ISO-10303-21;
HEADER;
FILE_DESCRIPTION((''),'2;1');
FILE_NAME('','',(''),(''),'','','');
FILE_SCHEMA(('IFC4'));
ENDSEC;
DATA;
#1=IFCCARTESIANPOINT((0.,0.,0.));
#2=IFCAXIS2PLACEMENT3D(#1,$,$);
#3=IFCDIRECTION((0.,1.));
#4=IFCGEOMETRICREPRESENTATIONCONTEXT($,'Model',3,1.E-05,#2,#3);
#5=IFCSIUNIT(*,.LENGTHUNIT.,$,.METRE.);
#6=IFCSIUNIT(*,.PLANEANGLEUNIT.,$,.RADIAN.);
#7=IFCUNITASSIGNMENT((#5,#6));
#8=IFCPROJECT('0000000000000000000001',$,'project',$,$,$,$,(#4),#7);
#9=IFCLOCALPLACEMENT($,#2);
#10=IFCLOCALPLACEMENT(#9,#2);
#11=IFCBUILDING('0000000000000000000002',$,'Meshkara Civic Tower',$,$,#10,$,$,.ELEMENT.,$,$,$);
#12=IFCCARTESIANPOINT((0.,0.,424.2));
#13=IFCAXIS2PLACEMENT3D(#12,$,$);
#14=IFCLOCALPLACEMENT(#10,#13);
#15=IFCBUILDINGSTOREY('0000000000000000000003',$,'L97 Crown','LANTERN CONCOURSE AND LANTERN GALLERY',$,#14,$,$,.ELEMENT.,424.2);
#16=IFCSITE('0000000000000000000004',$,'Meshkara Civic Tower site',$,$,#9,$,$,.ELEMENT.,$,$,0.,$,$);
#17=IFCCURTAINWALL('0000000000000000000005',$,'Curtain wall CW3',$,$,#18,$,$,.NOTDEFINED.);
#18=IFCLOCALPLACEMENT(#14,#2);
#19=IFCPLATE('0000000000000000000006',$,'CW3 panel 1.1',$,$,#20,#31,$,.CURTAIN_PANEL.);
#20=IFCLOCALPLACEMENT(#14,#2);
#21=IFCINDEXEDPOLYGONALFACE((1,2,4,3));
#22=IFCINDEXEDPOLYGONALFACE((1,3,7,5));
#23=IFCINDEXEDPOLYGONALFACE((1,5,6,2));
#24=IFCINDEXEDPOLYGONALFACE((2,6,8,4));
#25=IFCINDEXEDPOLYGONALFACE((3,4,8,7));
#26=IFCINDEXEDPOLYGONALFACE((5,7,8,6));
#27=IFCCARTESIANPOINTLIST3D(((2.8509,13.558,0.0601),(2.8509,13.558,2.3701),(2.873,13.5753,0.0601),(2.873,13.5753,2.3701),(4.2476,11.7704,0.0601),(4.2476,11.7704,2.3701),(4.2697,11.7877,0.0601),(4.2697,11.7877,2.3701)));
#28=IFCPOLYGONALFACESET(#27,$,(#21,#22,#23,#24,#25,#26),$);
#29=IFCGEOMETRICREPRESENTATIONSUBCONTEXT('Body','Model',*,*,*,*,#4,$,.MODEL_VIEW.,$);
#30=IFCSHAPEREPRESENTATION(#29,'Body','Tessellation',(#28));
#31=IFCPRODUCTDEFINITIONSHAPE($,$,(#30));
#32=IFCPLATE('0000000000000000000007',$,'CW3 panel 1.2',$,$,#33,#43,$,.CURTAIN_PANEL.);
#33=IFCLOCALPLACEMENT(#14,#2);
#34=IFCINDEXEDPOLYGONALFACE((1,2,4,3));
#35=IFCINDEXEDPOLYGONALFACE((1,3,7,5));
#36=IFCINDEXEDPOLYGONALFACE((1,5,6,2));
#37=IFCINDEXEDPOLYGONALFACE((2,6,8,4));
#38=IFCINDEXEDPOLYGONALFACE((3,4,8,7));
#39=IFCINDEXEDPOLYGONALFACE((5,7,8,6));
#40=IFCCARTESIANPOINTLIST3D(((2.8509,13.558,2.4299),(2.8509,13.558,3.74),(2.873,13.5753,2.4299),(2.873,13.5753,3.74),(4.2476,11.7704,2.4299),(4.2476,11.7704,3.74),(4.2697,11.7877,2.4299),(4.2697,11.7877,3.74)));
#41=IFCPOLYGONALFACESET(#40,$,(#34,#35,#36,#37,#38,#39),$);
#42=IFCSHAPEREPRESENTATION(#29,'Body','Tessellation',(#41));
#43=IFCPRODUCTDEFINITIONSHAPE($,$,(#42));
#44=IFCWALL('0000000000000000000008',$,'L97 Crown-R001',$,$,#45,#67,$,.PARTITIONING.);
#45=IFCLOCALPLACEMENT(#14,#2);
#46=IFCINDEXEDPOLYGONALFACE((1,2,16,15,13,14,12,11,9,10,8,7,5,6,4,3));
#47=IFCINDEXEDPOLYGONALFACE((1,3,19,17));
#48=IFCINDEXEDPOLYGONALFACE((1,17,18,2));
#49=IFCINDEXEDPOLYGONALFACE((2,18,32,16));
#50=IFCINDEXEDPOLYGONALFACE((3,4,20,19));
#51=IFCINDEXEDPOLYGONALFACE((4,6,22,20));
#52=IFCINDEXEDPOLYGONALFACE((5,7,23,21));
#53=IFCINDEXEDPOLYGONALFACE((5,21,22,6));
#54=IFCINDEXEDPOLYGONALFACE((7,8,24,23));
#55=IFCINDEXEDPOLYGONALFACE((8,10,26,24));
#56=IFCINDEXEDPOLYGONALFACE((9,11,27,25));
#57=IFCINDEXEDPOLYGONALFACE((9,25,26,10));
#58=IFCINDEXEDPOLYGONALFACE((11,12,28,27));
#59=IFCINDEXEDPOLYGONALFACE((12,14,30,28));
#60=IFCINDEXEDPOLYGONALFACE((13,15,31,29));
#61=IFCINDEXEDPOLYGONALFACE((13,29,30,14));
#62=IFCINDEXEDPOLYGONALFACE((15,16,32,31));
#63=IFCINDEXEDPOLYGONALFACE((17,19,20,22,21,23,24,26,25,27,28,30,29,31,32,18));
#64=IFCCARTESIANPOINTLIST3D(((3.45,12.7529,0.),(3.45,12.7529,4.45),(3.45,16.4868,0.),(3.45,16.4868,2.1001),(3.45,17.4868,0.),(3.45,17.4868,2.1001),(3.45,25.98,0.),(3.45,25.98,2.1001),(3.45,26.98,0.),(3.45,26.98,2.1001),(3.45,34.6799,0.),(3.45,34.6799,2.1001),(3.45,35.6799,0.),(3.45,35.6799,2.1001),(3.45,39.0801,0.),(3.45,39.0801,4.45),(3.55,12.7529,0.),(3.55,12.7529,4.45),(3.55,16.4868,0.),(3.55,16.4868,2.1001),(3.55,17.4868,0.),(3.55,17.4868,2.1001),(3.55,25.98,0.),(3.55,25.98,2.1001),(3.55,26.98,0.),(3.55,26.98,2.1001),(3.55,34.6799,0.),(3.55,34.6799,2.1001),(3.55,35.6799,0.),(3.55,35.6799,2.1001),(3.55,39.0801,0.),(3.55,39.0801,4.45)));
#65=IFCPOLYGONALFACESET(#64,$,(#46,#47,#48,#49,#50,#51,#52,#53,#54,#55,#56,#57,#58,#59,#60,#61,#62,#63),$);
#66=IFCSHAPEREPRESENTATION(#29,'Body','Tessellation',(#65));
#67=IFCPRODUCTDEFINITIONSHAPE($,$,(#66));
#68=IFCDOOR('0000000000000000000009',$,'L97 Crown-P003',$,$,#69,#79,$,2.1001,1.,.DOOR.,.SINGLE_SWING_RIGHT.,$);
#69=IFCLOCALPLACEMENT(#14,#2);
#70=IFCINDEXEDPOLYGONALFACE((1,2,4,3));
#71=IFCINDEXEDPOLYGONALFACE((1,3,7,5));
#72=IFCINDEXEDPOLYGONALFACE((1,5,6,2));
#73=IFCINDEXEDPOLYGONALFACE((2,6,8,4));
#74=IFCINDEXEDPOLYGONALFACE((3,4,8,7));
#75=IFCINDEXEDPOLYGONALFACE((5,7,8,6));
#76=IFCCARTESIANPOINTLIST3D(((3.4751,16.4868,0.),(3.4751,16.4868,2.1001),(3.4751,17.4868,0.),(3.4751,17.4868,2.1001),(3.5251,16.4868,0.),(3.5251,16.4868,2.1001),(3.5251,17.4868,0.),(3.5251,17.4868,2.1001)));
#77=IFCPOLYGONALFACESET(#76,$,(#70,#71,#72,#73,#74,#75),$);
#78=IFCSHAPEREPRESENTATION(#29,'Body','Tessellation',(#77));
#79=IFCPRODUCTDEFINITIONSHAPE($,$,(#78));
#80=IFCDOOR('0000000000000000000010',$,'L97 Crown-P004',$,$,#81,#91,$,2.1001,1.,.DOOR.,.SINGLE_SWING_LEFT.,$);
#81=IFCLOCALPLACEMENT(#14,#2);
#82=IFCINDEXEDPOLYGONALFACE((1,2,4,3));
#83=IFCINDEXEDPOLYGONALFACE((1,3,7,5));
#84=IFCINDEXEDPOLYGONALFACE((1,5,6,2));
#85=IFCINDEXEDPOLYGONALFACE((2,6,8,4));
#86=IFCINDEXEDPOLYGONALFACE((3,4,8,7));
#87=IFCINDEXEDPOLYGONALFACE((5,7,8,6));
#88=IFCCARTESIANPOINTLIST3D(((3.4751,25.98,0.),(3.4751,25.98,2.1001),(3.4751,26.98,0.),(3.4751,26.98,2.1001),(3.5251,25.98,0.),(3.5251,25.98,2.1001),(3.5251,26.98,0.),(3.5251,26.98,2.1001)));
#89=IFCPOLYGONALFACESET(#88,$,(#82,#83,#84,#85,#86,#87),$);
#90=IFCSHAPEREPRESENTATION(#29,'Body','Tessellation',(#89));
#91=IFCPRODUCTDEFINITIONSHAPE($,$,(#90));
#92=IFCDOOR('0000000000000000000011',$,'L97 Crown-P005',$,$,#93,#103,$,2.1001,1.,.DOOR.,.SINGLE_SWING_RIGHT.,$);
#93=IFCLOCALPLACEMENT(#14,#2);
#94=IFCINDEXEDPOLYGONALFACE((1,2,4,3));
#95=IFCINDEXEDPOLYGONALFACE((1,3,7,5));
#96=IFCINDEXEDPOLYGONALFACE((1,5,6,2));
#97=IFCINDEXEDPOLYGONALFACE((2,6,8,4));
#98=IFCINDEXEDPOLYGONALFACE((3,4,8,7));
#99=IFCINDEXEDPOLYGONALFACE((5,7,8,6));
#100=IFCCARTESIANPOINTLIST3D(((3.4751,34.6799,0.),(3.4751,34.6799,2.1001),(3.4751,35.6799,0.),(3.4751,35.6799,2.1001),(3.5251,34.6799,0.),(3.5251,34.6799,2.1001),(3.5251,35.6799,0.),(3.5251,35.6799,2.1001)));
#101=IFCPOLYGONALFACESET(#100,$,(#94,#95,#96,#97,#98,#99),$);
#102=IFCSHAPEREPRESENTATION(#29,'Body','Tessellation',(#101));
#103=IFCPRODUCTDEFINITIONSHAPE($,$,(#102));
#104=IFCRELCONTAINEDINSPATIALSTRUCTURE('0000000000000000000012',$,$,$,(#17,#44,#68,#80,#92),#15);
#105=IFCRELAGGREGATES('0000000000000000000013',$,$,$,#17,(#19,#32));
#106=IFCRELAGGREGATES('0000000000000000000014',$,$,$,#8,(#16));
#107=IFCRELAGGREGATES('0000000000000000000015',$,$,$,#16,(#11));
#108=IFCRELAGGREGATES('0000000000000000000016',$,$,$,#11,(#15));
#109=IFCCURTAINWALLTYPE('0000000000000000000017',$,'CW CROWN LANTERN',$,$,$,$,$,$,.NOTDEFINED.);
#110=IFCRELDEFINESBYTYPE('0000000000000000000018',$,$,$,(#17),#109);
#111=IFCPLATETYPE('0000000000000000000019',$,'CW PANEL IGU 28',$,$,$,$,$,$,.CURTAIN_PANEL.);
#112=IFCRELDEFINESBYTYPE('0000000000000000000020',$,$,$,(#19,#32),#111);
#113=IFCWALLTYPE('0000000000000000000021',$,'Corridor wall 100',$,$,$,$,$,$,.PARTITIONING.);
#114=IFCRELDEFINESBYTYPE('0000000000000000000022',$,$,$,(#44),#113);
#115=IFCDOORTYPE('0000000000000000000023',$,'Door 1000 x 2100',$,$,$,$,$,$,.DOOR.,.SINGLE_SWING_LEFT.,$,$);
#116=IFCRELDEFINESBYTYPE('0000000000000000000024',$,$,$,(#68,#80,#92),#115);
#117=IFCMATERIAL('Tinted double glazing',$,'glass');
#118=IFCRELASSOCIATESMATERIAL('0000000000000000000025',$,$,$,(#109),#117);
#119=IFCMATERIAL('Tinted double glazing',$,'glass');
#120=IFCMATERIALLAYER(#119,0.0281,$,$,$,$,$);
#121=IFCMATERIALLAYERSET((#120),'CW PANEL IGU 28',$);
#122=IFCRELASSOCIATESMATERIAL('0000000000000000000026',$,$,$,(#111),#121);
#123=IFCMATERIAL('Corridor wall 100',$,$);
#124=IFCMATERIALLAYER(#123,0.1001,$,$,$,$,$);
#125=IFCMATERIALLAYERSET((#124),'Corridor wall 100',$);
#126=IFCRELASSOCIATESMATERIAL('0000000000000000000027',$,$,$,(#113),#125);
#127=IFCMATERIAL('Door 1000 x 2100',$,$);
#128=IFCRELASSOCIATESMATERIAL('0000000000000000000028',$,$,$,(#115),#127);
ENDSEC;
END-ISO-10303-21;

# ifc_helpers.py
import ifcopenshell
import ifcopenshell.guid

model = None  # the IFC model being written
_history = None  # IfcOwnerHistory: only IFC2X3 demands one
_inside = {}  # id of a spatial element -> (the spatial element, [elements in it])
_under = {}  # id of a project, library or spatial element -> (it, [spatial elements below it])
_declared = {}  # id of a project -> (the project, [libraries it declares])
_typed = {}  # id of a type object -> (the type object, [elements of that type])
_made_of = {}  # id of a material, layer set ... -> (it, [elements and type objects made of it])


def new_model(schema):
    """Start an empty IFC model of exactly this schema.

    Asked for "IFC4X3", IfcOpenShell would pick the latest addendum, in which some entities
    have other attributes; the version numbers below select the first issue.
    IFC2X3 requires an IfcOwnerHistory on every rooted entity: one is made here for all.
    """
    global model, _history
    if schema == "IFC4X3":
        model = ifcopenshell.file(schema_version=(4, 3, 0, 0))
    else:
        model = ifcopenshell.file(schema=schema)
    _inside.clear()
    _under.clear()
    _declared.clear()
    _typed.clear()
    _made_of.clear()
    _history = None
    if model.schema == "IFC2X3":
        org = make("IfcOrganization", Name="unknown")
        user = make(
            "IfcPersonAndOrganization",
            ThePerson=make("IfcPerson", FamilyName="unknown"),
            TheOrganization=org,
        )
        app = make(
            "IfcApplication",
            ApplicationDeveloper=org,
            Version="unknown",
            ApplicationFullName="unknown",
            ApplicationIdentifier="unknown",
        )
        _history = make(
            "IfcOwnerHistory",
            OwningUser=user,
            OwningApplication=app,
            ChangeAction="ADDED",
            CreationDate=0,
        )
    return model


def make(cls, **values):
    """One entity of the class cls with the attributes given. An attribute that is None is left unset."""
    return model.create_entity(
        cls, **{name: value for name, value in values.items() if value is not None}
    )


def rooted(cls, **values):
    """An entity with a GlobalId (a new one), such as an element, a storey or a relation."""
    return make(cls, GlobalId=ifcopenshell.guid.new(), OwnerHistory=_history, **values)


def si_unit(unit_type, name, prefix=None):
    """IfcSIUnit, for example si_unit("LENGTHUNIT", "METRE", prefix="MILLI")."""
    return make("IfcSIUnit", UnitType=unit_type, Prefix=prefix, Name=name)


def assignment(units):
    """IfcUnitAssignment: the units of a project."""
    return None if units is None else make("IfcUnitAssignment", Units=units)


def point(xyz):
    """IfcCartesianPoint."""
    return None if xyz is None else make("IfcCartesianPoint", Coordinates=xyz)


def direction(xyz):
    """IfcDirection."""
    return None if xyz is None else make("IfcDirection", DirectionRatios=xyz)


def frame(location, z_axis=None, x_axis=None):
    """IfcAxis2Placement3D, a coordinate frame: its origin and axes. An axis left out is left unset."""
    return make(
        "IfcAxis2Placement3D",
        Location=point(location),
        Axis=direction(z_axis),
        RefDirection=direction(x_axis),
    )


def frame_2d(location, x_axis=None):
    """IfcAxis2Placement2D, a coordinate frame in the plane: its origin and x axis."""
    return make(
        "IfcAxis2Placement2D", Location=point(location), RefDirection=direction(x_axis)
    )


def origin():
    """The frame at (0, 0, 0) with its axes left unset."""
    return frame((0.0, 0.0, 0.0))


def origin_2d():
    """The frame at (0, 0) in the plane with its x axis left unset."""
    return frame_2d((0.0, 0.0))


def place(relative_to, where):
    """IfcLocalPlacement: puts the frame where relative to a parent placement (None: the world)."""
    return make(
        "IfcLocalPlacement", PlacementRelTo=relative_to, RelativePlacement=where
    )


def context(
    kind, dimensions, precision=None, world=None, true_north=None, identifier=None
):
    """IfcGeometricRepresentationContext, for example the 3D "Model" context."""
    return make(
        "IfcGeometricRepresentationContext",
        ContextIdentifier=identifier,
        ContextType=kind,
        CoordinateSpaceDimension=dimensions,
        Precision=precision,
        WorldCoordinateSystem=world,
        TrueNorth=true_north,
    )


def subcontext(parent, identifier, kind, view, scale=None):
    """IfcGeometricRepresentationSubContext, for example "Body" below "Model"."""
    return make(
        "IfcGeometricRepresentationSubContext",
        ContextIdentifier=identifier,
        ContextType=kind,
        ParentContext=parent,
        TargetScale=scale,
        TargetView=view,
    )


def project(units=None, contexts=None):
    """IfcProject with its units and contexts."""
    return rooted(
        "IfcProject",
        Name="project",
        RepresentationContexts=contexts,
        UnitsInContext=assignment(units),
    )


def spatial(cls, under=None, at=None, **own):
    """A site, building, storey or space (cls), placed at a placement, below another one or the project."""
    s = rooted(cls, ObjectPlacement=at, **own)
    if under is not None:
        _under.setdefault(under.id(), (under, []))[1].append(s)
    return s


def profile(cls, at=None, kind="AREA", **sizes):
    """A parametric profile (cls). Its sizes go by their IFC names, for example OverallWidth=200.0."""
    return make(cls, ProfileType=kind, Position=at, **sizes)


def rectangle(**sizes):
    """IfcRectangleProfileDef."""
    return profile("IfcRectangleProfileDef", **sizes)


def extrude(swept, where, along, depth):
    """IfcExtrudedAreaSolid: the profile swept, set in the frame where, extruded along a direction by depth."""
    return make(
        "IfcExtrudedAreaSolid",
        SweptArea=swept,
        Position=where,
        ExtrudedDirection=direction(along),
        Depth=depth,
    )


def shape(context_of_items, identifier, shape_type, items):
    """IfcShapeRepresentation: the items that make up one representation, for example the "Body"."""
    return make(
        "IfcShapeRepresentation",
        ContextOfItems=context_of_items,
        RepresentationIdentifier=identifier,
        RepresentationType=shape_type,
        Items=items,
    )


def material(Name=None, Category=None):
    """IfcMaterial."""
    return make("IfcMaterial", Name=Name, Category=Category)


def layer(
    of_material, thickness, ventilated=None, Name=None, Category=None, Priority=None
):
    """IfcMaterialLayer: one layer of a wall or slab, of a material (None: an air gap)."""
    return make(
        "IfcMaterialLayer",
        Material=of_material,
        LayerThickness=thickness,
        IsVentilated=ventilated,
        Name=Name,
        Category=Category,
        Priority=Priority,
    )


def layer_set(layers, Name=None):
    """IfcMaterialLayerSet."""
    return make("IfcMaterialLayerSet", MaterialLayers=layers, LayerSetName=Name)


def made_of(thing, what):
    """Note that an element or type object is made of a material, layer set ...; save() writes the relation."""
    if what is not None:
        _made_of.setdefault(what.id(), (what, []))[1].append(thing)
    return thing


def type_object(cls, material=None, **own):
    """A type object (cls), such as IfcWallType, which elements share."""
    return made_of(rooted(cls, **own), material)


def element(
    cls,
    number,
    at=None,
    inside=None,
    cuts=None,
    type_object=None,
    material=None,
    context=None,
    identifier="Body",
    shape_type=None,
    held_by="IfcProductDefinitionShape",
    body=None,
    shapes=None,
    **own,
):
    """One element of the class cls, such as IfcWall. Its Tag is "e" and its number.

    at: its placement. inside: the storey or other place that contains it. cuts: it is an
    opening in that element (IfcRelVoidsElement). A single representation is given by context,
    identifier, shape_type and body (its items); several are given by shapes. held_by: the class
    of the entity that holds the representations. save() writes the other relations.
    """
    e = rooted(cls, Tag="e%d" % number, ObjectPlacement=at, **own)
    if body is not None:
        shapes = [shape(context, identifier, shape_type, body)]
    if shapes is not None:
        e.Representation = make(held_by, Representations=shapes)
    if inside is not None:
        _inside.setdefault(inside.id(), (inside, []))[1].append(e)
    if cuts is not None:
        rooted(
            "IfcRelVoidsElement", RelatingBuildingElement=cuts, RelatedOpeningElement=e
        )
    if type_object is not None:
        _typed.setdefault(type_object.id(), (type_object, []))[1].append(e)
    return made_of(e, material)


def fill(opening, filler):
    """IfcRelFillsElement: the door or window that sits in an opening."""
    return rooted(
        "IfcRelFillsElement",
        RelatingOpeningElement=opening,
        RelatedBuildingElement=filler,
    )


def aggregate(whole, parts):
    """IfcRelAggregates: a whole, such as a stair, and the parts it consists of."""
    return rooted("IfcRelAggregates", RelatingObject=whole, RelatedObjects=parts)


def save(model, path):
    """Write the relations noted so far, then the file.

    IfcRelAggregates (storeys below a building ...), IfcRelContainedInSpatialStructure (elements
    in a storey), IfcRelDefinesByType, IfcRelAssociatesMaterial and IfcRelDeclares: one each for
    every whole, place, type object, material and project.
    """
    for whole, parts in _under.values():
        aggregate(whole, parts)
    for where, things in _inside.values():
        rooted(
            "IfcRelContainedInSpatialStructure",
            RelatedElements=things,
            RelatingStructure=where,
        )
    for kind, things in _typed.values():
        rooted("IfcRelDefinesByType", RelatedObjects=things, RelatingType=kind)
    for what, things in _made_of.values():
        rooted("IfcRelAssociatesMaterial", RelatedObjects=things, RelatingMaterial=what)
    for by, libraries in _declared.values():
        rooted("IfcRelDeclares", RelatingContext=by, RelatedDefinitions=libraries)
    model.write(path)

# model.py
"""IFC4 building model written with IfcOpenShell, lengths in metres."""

from ifc_helpers import new_model, si_unit, direction, frame, frame_2d, origin, origin_2d, place, context, subcontext, project, spatial, rectangle, extrude, material, layer, layer_set, type_object, element, fill, aggregate, save


model = new_model("IFC4")

# Units and contexts
model_context = context("Model", 3, precision=1e-05, world=origin(), true_north=direction((0.0, 1.0)))
body_context = subcontext(model_context, "Body", "Model", "MODEL_VIEW")
ifc_project = project(units=[si_unit("LENGTHUNIT", "METRE"), si_unit("PLANEANGLEUNIT", "RADIAN")], contexts=[model_context])

# Site, building, storey
site_placement = place(None, origin())
site = spatial("IfcSite", under=ifc_project, at=site_placement, Name="Meshkara Civic Tower site", CompositionType="ELEMENT", RefElevation=0.0)
building_placement = place(site_placement, origin())
building = spatial("IfcBuilding", under=site, at=building_placement, Name="Meshkara Civic Tower", CompositionType="ELEMENT")
storey_placement = place(building_placement, frame((0.0, 0.0, 424.2)))
storey = spatial("IfcBuildingStorey", under=building, at=storey_placement, Name="L97 Crown", Description="LANTERN CONCOURSE AND LANTERN GALLERY", CompositionType="ELEMENT", Elevation=424.2)

# Shared definitions
ifc_material_1 = material(Name="Tinted double glazing", Category="glass")
curtain_wall_type = type_object("IfcCurtainWallType", Name="CW CROWN LANTERN", PredefinedType="NOTDEFINED", material=ifc_material_1)

# Curtain wall
curtain_wall_1_placement = place(storey_placement, origin())
curtain_wall_1 = element("IfcCurtainWall", 1, at=curtain_wall_1_placement, inside=storey, type_object=curtain_wall_type, Name="Curtain wall CW3", PredefinedType="NOTDEFINED")

# Plates
ifc_material_2 = material(Name="Tinted double glazing", Category="glass")
ifc_layer_1 = layer(ifc_material_2, 0.0281)
ifc_layer_set_1 = layer_set([ifc_layer_1], Name="CW PANEL IGU 28")
plate_type = type_object("IfcPlateType", Name="CW PANEL IGU 28", PredefinedType="CURTAIN_PANEL", material=ifc_layer_set_1)
plate_1_placement = place(storey_placement, frame((3.5603, 12.6729, 0.0601), z_axis=(0.0, 0.0, 1.0), x_axis=(0.615656, -0.788015, 0.0)))
plate_1 = element("IfcPlate", 2, at=plate_1_placement, type_object=plate_type, Name="CW3 panel 1.1", PredefinedType="CURTAIN_PANEL", context=body_context, shape_type="SweptSolid", body=[
    extrude(rectangle(XDim=2.2686, YDim=0.0281, at=origin_2d()), origin(), (0.0, 0.0, 1.0), 2.3101),
])
plate_2_placement = place(storey_placement, frame((3.5603, 12.6729, 2.4299), z_axis=(0.0, 0.0, 1.0), x_axis=(0.615656, -0.788015, 0.0)))
plate_2 = element("IfcPlate", 3, at=plate_2_placement, type_object=plate_type, Name="CW3 panel 1.2", PredefinedType="CURTAIN_PANEL", context=body_context, shape_type="SweptSolid", body=[
    extrude(rectangle(XDim=2.2686, YDim=0.0281, at=origin_2d()), origin(), (0.0, 0.0, 1.0), 1.3101),
])
aggregate(curtain_wall_1, [plate_1, plate_2])

# Wall, openings, doors
ifc_material_3 = material(Name="Corridor wall 100")
ifc_layer_2 = layer(ifc_material_3, 0.1001)
ifc_layer_set_2 = layer_set([ifc_layer_2], Name="Corridor wall 100")
wall_type = type_object("IfcWallType", Name="Corridor wall 100", PredefinedType="PARTITIONING", material=ifc_layer_set_2)
wall_placement = place(storey_placement, frame((3.5, 12.7529, 0.0), z_axis=(0.0, 0.0, 1.0), x_axis=(0.0, 1.0, 0.0)))
wall = element("IfcWall", 4, at=wall_placement, inside=storey, type_object=wall_type, Name="L97 Crown-R001", PredefinedType="PARTITIONING", context=body_context, shape_type="SweptSolid", body=[
    extrude(rectangle(XDim=26.3271, YDim=0.1001, at=frame_2d((13.1636, 0.0))), origin(), (0.0, 0.0, 1.0), 4.45),
])
opening_1_placement = place(wall_placement, frame((3.7339, 0.0, 0.0)))
opening_1 = element("IfcOpeningElement", 5, at=opening_1_placement, cuts=wall, PredefinedType="OPENING", context=body_context, shape_type="SweptSolid", body=[
    extrude(rectangle(XDim=1.0, YDim=2.1001, at=frame_2d((0.5, 1.05))), frame((0.0, 0.0601, 0.0), z_axis=(0.0, -1.0, 0.0), x_axis=(1.0, 0.0, 0.0)), (0.0, 0.0, 1.0), 0.1201),
])
opening_2_placement = place(wall_placement, frame((13.2271, 0.0, 0.0)))
opening_2 = element("IfcOpeningElement", 6, at=opening_2_placement, cuts=wall, PredefinedType="OPENING", context=body_context, shape_type="SweptSolid", body=[
    extrude(rectangle(XDim=1.0, YDim=2.1001, at=frame_2d((0.5, 1.05))), frame((0.0, 0.0601, 0.0), z_axis=(0.0, -1.0, 0.0), x_axis=(1.0, 0.0, 0.0)), (0.0, 0.0, 1.0), 0.1201),
])
opening_3_placement = place(wall_placement, frame((21.927, 0.0, 0.0)))
opening_3 = element("IfcOpeningElement", 7, at=opening_3_placement, cuts=wall, PredefinedType="OPENING", context=body_context, shape_type="SweptSolid", body=[
    extrude(rectangle(XDim=1.0, YDim=2.1001, at=frame_2d((0.5, 1.05))), frame((0.0, 0.0601, 0.0), z_axis=(0.0, -1.0, 0.0), x_axis=(1.0, 0.0, 0.0)), (0.0, 0.0, 1.0), 0.1201),
])
ifc_material_4 = material(Name="Door 1000 x 2100")
door_type = type_object("IfcDoorType", Name="Door 1000 x 2100", OperationType="SINGLE_SWING_LEFT", PredefinedType="DOOR", material=ifc_material_4)
door_1_placement = place(opening_1_placement, origin())
door_1 = element("IfcDoor", 8, at=door_1_placement, inside=storey, type_object=door_type, Name="L97 Crown-P003", OperationType="SINGLE_SWING_RIGHT", OverallHeight=2.1001, OverallWidth=1.0, PredefinedType="DOOR", context=body_context, shape_type="SweptSolid", body=[
    extrude(rectangle(XDim=1.0, YDim=2.1001, at=frame_2d((0.5, 1.05))), frame((0.0, 0.0249, 0.0), z_axis=(0.0, -1.0, 0.0), x_axis=(1.0, 0.0, 0.0)), (0.0, 0.0, 1.0), 0.05),
])
fill(opening_1, door_1)
door_2_placement = place(opening_2_placement, origin())
door_2 = element("IfcDoor", 9, at=door_2_placement, inside=storey, type_object=door_type, Name="L97 Crown-P004", OperationType="SINGLE_SWING_LEFT", OverallHeight=2.1001, OverallWidth=1.0, PredefinedType="DOOR", context=body_context, shape_type="SweptSolid", body=[
    extrude(rectangle(XDim=1.0, YDim=2.1001, at=frame_2d((0.5, 1.05))), frame((0.0, 0.0249, 0.0), z_axis=(0.0, -1.0, 0.0), x_axis=(1.0, 0.0, 0.0)), (0.0, 0.0, 1.0), 0.05),
])
fill(opening_2, door_2)
door_3_placement = place(opening_3_placement, origin())
door_3 = element("IfcDoor", 10, at=door_3_placement, inside=storey, type_object=door_type, Name="L97 Crown-P005", OperationType="SINGLE_SWING_RIGHT", OverallHeight=2.1001, OverallWidth=1.0, PredefinedType="DOOR", context=body_context, shape_type="SweptSolid", body=[
    extrude(rectangle(XDim=1.0, YDim=2.1001, at=frame_2d((0.5, 1.05))), frame((0.0, 0.0249, 0.0), z_axis=(0.0, -1.0, 0.0), x_axis=(1.0, 0.0, 0.0)), (0.0, 0.0, 1.0), 0.05),
])
fill(opening_3, door_3)

save(model, "model.ifc")
